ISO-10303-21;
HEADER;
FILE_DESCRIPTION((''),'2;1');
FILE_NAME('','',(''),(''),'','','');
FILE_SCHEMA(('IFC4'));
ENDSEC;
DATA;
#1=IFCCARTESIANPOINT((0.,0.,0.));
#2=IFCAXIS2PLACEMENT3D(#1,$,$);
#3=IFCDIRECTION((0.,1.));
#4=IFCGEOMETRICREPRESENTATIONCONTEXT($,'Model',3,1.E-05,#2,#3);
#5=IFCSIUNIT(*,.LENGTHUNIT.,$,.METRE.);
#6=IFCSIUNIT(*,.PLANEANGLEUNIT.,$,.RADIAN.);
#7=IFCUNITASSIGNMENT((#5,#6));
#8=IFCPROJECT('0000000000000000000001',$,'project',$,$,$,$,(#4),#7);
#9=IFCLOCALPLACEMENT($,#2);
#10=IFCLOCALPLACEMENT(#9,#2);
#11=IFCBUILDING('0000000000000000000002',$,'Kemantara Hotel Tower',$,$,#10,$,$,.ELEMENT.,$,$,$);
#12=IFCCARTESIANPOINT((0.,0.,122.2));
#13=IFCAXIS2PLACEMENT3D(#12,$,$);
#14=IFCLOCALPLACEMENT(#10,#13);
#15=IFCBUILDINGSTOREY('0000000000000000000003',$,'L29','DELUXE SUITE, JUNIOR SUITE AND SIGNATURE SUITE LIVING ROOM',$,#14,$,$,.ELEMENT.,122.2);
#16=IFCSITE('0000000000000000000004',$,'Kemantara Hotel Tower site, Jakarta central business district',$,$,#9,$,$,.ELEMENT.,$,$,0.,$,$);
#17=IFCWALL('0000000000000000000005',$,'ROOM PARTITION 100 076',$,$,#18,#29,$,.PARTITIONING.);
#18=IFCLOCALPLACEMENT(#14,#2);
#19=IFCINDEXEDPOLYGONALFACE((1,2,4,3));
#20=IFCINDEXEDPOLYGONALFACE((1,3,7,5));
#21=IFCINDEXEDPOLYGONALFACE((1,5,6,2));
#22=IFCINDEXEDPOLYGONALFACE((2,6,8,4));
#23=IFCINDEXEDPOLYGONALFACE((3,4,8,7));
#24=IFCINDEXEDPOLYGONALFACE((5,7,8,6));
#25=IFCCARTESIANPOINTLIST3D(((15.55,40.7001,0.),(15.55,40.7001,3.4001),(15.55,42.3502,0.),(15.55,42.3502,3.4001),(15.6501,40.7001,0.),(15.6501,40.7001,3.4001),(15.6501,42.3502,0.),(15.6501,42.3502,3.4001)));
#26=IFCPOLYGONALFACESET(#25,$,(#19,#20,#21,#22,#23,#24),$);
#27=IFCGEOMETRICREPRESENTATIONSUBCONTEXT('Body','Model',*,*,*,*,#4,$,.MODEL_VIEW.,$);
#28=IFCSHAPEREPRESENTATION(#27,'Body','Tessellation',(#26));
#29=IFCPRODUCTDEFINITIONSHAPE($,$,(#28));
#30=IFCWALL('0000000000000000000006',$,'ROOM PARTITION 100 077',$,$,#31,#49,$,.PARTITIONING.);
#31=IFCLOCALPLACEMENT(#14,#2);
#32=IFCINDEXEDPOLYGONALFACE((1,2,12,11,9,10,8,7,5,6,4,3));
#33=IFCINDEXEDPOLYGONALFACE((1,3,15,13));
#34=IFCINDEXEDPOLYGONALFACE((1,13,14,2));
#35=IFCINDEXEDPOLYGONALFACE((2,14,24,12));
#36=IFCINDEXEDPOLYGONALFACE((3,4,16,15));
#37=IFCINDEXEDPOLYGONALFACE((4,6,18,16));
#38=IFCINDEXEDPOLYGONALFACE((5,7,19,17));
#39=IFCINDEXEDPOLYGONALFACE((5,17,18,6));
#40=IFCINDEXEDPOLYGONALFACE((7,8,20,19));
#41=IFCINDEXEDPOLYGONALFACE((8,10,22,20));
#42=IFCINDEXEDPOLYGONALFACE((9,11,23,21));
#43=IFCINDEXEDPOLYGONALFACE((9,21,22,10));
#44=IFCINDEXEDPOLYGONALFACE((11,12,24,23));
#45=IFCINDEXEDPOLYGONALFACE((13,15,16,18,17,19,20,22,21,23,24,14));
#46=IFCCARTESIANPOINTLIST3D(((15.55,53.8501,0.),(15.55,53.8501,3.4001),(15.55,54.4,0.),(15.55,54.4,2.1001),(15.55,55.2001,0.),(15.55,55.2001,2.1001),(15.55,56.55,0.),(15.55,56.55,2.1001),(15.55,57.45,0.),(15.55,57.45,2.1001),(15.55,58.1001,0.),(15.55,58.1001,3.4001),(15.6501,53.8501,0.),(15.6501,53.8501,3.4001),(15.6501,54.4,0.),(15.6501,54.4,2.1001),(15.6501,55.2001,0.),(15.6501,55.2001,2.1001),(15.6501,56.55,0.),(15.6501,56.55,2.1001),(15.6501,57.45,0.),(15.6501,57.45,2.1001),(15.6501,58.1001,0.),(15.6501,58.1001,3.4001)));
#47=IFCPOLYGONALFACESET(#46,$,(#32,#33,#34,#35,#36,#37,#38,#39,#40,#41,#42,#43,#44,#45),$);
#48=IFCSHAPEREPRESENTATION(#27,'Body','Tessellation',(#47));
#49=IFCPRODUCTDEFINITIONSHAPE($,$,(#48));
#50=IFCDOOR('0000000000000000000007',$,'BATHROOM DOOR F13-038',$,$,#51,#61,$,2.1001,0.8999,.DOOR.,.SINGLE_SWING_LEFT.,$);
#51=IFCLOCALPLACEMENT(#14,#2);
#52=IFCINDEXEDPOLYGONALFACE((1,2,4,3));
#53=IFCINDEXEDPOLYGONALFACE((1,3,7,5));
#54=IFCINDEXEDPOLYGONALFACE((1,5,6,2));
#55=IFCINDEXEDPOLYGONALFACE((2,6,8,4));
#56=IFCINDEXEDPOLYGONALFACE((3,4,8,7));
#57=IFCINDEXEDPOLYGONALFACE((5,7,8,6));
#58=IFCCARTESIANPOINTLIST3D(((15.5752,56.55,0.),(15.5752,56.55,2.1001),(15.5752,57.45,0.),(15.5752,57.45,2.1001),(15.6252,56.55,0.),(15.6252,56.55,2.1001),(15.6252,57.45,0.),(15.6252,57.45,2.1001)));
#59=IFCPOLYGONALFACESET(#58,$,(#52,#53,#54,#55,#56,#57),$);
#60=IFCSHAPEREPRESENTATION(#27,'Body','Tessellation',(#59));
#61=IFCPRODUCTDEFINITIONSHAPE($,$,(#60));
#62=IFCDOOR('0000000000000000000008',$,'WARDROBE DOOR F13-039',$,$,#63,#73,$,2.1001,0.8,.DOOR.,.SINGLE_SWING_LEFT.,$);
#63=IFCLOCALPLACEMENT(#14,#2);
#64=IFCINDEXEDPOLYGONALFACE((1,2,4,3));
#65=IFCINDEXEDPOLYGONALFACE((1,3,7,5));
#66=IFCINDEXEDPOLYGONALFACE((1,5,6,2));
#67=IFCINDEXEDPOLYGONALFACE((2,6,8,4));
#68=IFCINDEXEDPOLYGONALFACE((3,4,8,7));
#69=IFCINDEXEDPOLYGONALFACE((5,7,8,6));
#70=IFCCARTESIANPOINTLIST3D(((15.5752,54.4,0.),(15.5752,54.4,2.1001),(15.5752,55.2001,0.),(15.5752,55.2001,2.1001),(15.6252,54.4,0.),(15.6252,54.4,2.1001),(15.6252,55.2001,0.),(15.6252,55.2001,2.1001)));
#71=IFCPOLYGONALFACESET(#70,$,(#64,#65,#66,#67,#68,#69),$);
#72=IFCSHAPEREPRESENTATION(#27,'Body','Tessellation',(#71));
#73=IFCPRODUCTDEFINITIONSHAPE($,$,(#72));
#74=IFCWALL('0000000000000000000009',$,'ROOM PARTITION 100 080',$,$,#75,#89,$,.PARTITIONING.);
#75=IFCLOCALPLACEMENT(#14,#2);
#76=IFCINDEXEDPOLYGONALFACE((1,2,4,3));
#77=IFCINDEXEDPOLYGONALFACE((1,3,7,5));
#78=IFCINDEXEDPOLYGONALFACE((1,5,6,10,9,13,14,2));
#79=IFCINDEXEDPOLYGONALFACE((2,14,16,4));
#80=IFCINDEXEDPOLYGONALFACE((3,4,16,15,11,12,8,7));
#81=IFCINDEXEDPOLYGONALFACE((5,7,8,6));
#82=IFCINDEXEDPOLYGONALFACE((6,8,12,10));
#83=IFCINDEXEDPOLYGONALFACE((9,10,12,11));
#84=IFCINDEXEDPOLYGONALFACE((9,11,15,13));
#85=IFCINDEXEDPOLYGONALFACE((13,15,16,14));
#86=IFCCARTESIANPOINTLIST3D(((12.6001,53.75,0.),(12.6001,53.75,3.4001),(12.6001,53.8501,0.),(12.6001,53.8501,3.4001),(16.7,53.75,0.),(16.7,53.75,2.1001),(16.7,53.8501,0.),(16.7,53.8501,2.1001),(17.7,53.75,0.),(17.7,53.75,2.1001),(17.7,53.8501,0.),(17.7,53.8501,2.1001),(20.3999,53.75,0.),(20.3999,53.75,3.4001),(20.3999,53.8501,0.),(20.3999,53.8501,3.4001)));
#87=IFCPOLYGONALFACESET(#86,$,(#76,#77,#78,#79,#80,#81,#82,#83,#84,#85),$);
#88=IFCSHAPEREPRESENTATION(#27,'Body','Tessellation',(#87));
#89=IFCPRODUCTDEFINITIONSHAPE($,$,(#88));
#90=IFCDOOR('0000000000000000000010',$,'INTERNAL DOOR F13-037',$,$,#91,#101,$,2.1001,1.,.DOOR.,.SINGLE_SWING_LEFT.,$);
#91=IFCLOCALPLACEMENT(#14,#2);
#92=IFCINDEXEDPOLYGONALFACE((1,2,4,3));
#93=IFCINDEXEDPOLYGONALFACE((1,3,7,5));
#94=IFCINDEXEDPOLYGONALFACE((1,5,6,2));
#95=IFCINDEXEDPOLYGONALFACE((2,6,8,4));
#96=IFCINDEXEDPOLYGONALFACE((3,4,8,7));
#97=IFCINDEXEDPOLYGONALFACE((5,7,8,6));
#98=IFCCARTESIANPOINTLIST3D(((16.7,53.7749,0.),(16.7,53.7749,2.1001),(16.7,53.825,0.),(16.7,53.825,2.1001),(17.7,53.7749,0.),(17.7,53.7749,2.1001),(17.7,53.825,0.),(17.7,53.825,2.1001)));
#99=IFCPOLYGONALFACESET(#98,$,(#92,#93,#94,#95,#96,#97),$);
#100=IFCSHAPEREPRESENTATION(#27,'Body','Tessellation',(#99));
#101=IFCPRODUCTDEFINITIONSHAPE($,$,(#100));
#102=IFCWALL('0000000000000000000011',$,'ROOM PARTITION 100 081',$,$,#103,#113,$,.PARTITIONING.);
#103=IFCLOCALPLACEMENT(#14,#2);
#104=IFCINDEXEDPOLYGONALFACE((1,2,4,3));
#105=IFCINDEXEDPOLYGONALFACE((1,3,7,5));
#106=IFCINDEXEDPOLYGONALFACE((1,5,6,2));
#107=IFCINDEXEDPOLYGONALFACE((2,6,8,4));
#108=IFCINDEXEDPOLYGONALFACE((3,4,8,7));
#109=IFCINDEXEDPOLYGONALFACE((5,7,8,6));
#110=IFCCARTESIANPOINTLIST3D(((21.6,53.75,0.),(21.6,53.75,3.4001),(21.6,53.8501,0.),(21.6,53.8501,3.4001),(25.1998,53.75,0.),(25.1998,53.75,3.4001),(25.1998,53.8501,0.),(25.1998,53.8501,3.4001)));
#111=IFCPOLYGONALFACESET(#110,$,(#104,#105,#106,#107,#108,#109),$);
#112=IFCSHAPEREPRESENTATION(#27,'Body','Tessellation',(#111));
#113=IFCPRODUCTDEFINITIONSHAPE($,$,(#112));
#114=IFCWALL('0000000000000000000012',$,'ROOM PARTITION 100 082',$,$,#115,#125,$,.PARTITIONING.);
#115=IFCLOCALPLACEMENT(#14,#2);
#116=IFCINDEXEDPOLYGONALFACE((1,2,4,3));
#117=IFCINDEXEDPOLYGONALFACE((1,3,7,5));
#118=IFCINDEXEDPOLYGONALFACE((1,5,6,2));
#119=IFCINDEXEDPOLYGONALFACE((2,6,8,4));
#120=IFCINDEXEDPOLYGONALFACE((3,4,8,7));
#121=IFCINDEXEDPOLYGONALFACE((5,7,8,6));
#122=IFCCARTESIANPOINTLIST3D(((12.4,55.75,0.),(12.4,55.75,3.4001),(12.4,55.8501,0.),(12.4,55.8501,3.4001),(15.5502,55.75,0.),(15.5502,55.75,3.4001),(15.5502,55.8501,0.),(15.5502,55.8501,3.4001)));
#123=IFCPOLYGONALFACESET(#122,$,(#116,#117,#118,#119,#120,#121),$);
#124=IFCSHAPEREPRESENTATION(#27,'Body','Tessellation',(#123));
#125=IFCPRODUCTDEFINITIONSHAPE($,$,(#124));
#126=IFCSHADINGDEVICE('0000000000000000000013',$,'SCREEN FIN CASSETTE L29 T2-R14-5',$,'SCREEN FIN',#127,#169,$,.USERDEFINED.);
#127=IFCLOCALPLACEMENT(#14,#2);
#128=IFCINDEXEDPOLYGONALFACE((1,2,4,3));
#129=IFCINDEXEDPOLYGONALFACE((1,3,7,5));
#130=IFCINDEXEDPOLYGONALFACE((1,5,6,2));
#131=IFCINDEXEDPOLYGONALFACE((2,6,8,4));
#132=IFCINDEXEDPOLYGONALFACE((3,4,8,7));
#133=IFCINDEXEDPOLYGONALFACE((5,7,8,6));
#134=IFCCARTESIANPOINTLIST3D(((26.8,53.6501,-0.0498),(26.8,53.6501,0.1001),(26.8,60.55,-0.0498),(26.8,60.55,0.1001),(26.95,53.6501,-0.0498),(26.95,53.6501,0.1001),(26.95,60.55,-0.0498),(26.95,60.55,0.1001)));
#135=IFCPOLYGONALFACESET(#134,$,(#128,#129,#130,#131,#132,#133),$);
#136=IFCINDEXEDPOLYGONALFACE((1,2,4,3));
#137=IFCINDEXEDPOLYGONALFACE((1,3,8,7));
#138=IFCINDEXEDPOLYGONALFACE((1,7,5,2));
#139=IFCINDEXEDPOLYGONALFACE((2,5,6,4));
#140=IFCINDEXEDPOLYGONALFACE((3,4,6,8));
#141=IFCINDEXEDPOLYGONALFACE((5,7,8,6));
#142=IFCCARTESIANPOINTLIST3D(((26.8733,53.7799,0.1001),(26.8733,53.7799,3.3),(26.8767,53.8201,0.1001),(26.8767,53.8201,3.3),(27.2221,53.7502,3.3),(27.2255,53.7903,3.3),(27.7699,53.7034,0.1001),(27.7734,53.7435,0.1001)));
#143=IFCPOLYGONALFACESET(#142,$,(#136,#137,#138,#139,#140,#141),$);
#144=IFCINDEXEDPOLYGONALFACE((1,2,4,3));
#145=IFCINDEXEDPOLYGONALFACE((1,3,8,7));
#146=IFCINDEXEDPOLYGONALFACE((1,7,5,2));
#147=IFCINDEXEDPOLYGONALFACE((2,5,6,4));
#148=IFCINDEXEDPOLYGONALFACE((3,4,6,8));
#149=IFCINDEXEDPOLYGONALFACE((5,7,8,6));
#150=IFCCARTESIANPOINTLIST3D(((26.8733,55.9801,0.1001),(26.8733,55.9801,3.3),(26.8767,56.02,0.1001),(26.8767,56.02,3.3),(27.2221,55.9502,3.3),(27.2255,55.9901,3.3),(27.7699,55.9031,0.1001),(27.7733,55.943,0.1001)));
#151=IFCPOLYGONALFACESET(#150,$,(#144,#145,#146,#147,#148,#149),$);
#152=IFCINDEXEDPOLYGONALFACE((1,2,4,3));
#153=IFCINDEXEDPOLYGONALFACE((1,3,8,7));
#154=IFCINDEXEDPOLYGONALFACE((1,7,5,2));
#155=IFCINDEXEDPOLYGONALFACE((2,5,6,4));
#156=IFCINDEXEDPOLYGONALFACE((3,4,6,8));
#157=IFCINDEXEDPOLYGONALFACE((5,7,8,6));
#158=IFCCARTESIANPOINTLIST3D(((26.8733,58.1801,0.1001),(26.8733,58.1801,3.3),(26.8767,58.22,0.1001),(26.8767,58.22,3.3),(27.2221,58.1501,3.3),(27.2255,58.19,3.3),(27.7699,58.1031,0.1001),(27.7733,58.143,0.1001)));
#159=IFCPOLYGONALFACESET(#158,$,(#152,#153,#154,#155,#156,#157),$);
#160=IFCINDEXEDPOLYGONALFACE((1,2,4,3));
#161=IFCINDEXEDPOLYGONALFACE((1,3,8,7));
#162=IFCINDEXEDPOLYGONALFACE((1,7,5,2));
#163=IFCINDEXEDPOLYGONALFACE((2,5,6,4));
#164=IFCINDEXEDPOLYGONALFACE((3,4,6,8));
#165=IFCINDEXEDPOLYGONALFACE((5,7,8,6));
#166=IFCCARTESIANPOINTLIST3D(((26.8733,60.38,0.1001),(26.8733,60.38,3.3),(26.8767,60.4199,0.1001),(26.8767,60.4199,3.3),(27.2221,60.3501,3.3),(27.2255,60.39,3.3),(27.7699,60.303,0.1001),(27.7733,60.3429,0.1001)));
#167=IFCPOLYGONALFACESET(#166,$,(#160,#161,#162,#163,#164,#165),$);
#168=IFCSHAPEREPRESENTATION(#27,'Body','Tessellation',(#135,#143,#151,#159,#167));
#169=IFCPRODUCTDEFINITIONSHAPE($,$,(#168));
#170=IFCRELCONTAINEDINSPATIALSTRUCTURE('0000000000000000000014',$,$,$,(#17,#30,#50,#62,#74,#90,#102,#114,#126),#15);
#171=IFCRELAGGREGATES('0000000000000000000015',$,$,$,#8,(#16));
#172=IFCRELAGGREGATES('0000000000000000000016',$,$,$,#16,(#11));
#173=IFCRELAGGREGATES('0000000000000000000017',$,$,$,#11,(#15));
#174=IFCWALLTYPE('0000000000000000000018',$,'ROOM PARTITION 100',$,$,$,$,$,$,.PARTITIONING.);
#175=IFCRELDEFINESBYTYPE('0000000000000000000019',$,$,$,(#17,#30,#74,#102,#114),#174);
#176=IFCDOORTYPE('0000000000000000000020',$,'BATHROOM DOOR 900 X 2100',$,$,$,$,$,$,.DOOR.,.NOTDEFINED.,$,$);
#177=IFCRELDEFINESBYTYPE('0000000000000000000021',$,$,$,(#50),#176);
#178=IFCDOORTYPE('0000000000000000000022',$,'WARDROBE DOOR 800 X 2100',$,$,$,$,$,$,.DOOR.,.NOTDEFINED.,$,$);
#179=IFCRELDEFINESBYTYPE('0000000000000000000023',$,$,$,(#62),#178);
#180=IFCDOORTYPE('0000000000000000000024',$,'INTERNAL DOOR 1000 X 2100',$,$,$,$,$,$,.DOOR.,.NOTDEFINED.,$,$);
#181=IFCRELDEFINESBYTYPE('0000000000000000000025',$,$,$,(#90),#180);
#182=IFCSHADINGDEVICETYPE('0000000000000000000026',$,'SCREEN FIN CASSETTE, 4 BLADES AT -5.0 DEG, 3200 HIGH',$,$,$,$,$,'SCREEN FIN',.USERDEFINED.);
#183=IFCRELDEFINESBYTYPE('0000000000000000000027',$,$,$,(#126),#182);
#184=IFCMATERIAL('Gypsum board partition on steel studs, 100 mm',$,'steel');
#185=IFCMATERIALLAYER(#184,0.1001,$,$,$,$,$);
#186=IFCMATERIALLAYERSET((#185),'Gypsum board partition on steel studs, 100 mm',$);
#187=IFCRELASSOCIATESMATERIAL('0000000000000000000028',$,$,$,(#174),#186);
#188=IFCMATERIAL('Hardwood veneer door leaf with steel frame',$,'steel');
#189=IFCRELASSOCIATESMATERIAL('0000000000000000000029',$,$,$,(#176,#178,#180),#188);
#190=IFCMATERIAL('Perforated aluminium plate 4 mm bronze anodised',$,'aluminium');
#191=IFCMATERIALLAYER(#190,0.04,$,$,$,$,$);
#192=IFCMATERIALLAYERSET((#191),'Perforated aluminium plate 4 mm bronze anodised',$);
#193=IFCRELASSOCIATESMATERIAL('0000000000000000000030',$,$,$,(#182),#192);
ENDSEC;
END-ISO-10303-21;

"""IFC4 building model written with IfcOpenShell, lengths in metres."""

from ifc_helpers import new_model, si_unit, direction, frame, frame_2d, origin, origin_2d, place, context, subcontext, project, spatial, polyline, rectangle, outline, extrude, source, transform, mapped, material, layer, layer_set, type_object, element, fill, save


model = new_model("IFC4")

# Units and contexts
model_context = context("Model", 3, precision=1e-05, world=origin(), true_north=direction((0.0, 1.0)))
body_context = subcontext(model_context, "Body", "Model", "MODEL_VIEW")
ifc_project = project(units=[si_unit("LENGTHUNIT", "METRE"), si_unit("PLANEANGLEUNIT", "RADIAN")], contexts=[model_context])

# Site, building, storey
site_placement = place(None, origin())
site = spatial("IfcSite", under=ifc_project, at=site_placement, Name="Kemantara Hotel Tower site, Jakarta central business district", CompositionType="ELEMENT", RefElevation=0.0)
building_placement = place(site_placement, origin())
building = spatial("IfcBuilding", under=site, at=building_placement, Name="Kemantara Hotel Tower", CompositionType="ELEMENT")
storey_placement = place(building_placement, frame((0.0, 0.0, 122.2)))
storey = spatial("IfcBuildingStorey", under=building, at=storey_placement, Name="L29", Description="DELUXE SUITE, JUNIOR SUITE AND SIGNATURE SUITE LIVING ROOM", CompositionType="ELEMENT", Elevation=122.2)

# Wall
ifc_material_1 = material(Name="Gypsum board partition on steel studs, 100 mm", Category="steel")
ifc_layer_1 = layer(ifc_material_1, 0.1001)
ifc_layer_set_1 = layer_set([ifc_layer_1], Name="Gypsum board partition on steel studs, 100 mm")
wall_type_1 = type_object("IfcWallType", Name="ROOM PARTITION 100", PredefinedType="PARTITIONING", material=ifc_layer_set_1)
wall_1_placement = place(storey_placement, frame((15.6001, 40.7, 0.0), z_axis=(0.0, 0.0, 1.0), x_axis=(0.0, 1.0, 0.0)))
element("IfcWall", 1, at=wall_1_placement, inside=storey, type_object=wall_type_1, Name="ROOM PARTITION 100 076", PredefinedType="PARTITIONING", context=body_context, shape_type="SweptSolid", body=[
    extrude(rectangle(XDim=1.6501, YDim=0.1001, at=frame_2d((0.8252, 0.0))), origin(), (0.0, 0.0, 1.0), 3.4001),
])

# Wall, openings, doors
wall_2_placement = place(storey_placement, frame((15.6001, 53.8501, 0.0), z_axis=(0.0, 0.0, 1.0), x_axis=(0.0, 1.0, 0.0)))
wall_2 = element("IfcWall", 2, at=wall_2_placement, inside=storey, type_object=wall_type_1, Name="ROOM PARTITION 100 077", PredefinedType="PARTITIONING", context=body_context, shape_type="SweptSolid", body=[
    extrude(rectangle(XDim=4.25, YDim=0.1001, at=frame_2d((2.125, 0.0))), origin(), (0.0, 0.0, 1.0), 3.4001),
])
opening_1_placement = place(wall_2_placement, frame((2.7, 0.0, 0.0)))
opening_1 = element("IfcOpeningElement", 3, at=opening_1_placement, cuts=wall_2, PredefinedType="OPENING", context=body_context, shape_type="SweptSolid", body=[
    extrude(rectangle(XDim=0.8999, YDim=2.1001, at=frame_2d((0.45, 1.05))), frame((0.0, 0.0601, 0.0), z_axis=(0.0, -1.0, 0.0), x_axis=(1.0, 0.0, 0.0)), (0.0, 0.0, 1.0), 0.1201),
])
opening_2_placement = place(wall_2_placement, frame((0.55, 0.0, 0.0)))
opening_2 = element("IfcOpeningElement", 4, at=opening_2_placement, cuts=wall_2, PredefinedType="OPENING", context=body_context, shape_type="SweptSolid", body=[
    extrude(rectangle(XDim=0.8, YDim=2.1001, at=frame_2d((0.3999, 1.05))), frame((0.0, 0.0601, 0.0), z_axis=(0.0, -1.0, 0.0), x_axis=(1.0, 0.0, 0.0)), (0.0, 0.0, 1.0), 0.1201),
])
ifc_material_2 = material(Name="Hardwood veneer door leaf with steel frame", Category="steel")
door_type_1 = type_object("IfcDoorType", Name="BATHROOM DOOR 900 X 2100", OperationType="NOTDEFINED", PredefinedType="DOOR", material=ifc_material_2)
door_1_placement = place(opening_1_placement, origin())
door_1 = element("IfcDoor", 5, at=door_1_placement, inside=storey, type_object=door_type_1, Name="BATHROOM DOOR F13-038", OperationType="SINGLE_SWING_LEFT", OverallHeight=2.1001, OverallWidth=0.8999, PredefinedType="DOOR", context=body_context, shape_type="SweptSolid", body=[
    extrude(rectangle(XDim=0.8999, YDim=2.1001, at=frame_2d((0.45, 1.05))), frame((0.0, 0.0249, 0.0), z_axis=(0.0, -1.0, 0.0), x_axis=(1.0, 0.0, 0.0)), (0.0, 0.0, 1.0), 0.05),
])
fill(opening_1, door_1)
door_type_2 = type_object("IfcDoorType", Name="WARDROBE DOOR 800 X 2100", OperationType="NOTDEFINED", PredefinedType="DOOR", material=ifc_material_2)
door_2_placement = place(opening_2_placement, origin())
door_2 = element("IfcDoor", 6, at=door_2_placement, inside=storey, type_object=door_type_2, Name="WARDROBE DOOR F13-039", OperationType="SINGLE_SWING_LEFT", OverallHeight=2.1001, OverallWidth=0.8, PredefinedType="DOOR", context=body_context, shape_type="SweptSolid", body=[
    extrude(rectangle(XDim=0.8, YDim=2.1001, at=frame_2d((0.3999, 1.05))), frame((0.0, 0.0249, 0.0), z_axis=(0.0, -1.0, 0.0), x_axis=(1.0, 0.0, 0.0)), (0.0, 0.0, 1.0), 0.05),
])
fill(opening_2, door_2)

# Wall, opening, door
wall_3_placement = place(storey_placement, frame((12.6001, 53.8, 0.0), z_axis=(0.0, 0.0, 1.0), x_axis=(1.0, 0.0, 0.0)))
wall_3 = element("IfcWall", 7, at=wall_3_placement, inside=storey, type_object=wall_type_1, Name="ROOM PARTITION 100 080", PredefinedType="PARTITIONING", context=body_context, shape_type="SweptSolid", body=[
    extrude(rectangle(XDim=7.7998, YDim=0.1001, at=frame_2d((3.8999, 0.0))), origin(), (0.0, 0.0, 1.0), 3.4001),
])
opening_3_placement = place(wall_3_placement, frame((4.0999, 0.0, 0.0)))
opening_3 = element("IfcOpeningElement", 8, at=opening_3_placement, cuts=wall_3, PredefinedType="OPENING", context=body_context, shape_type="SweptSolid", body=[
    extrude(rectangle(XDim=1.0, YDim=2.1001, at=frame_2d((0.5, 1.05))), frame((0.0, 0.0601, 0.0), z_axis=(0.0, -1.0, 0.0), x_axis=(1.0, 0.0, 0.0)), (0.0, 0.0, 1.0), 0.1201),
])
door_type_3 = type_object("IfcDoorType", Name="INTERNAL DOOR 1000 X 2100", OperationType="NOTDEFINED", PredefinedType="DOOR", material=ifc_material_2)
door_3_placement = place(opening_3_placement, origin())
door_3 = element("IfcDoor", 9, at=door_3_placement, inside=storey, type_object=door_type_3, Name="INTERNAL DOOR F13-037", OperationType="SINGLE_SWING_LEFT", OverallHeight=2.1001, OverallWidth=1.0, PredefinedType="DOOR", context=body_context, shape_type="SweptSolid", body=[
    extrude(rectangle(XDim=1.0, YDim=2.1001, at=frame_2d((0.5, 1.05))), frame((0.0, 0.0249, 0.0), z_axis=(0.0, -1.0, 0.0), x_axis=(1.0, 0.0, 0.0)), (0.0, 0.0, 1.0), 0.05),
])
fill(opening_3, door_3)

# Walls
wall_4_placement = place(storey_placement, frame((21.6001, 53.8, 0.0), z_axis=(0.0, 0.0, 1.0), x_axis=(1.0, 0.0, 0.0)))
element("IfcWall", 10, at=wall_4_placement, inside=storey, type_object=wall_type_1, Name="ROOM PARTITION 100 081", PredefinedType="PARTITIONING", context=body_context, shape_type="SweptSolid", body=[
    extrude(rectangle(XDim=3.5999, YDim=0.1001, at=frame_2d((1.7998, 0.0))), origin(), (0.0, 0.0, 1.0), 3.4001),
])
wall_5_placement = place(storey_placement, frame((12.3999, 55.8, 0.0), z_axis=(0.0, 0.0, 1.0), x_axis=(1.0, 0.0, 0.0)))
element("IfcWall", 11, at=wall_5_placement, inside=storey, type_object=wall_type_1, Name="ROOM PARTITION 100 082", PredefinedType="PARTITIONING", context=body_context, shape_type="SweptSolid", body=[
    extrude(rectangle(XDim=3.1501, YDim=0.1001, at=frame_2d((1.5752, 0.0))), origin(), (0.0, 0.0, 1.0), 3.4001),
])

# Shading device
ifc_material_3 = material(Name="Perforated aluminium plate 4 mm bronze anodised", Category="aluminium")
ifc_layer_2 = layer(ifc_material_3, 0.04)
ifc_layer_set_2 = layer_set([ifc_layer_2], Name="Perforated aluminium plate 4 mm bronze anodised")
shading_device_type_1 = type_object("IfcShadingDeviceType", Name="SCREEN FIN CASSETTE, 4 BLADES AT -5.0 DEG, 3200 HIGH", ElementType="SCREEN FIN", PredefinedType="USERDEFINED", material=ifc_layer_set_2)
shared_shape_1 = source(origin(), body_context, "Body", "SweptSolid", [
    extrude(rectangle(XDim=6.8999, YDim=0.1499, at=origin_2d()), frame((3.3, -0.075, -0.1499), z_axis=(0.0, 0.0, 1.0), x_axis=(1.0, 0.0, 0.0)), (0.0, 0.0, 1.0), 0.1499),
    extrude(outline(polyline([(0.0, 0.0), (0.8999, 0.0), (0.3501, 3.2), (0.0, 3.2), (0.0, 0.0)])), frame((0.02, -0.0767, 0.0), z_axis=(-0.996376, 0.085056, 0.0), x_axis=(-0.085056, -0.996376, 0.0)), (0.0, 0.0, 1.0), 0.0403),
    extrude(outline(polyline([(0.0, 0.0), (0.8999, 0.0), (0.3501, 3.2), (0.0, 3.2), (0.0, 0.0)])), frame((2.22, -0.0767, 0.0), z_axis=(-0.996332, 0.085575, 0.0), x_axis=(-0.085575, -0.996332, 0.0)), (0.0, 0.0, 1.0), 0.04),
    extrude(outline(polyline([(0.0, 0.0), (0.8999, 0.0), (0.3501, 3.2), (0.0, 3.2), (0.0, 0.0)])), frame((4.4199, -0.0767, 0.0), z_axis=(-0.996332, 0.085575, 0.0), x_axis=(-0.085575, -0.996332, 0.0)), (0.0, 0.0, 1.0), 0.04),
    extrude(outline(polyline([(0.0, 0.0), (0.8999, 0.0), (0.3501, 3.2), (0.0, 3.2), (0.0, 0.0)])), frame((6.6199, -0.0767, 0.0), z_axis=(-0.996332, 0.085575, 0.0), x_axis=(-0.085575, -0.996332, 0.0)), (0.0, 0.0, 1.0), 0.04),
])
shading_device_1_placement = place(storey_placement, frame((26.8, 53.8, 0.1001), z_axis=(0.0, 0.0, 1.0), x_axis=(0.0, 1.0, 0.0)))
element("IfcShadingDevice", 12, at=shading_device_1_placement, inside=storey, type_object=shading_device_type_1, Name="SCREEN FIN CASSETTE L29 T2-R14-5", ObjectType="SCREEN FIN", PredefinedType="USERDEFINED", context=body_context, shape_type="MappedRepresentation", body=[
    mapped(shared_shape_1, transform((0.0, 0.0, 0.0))),
])

save(model, "model.ifc")
